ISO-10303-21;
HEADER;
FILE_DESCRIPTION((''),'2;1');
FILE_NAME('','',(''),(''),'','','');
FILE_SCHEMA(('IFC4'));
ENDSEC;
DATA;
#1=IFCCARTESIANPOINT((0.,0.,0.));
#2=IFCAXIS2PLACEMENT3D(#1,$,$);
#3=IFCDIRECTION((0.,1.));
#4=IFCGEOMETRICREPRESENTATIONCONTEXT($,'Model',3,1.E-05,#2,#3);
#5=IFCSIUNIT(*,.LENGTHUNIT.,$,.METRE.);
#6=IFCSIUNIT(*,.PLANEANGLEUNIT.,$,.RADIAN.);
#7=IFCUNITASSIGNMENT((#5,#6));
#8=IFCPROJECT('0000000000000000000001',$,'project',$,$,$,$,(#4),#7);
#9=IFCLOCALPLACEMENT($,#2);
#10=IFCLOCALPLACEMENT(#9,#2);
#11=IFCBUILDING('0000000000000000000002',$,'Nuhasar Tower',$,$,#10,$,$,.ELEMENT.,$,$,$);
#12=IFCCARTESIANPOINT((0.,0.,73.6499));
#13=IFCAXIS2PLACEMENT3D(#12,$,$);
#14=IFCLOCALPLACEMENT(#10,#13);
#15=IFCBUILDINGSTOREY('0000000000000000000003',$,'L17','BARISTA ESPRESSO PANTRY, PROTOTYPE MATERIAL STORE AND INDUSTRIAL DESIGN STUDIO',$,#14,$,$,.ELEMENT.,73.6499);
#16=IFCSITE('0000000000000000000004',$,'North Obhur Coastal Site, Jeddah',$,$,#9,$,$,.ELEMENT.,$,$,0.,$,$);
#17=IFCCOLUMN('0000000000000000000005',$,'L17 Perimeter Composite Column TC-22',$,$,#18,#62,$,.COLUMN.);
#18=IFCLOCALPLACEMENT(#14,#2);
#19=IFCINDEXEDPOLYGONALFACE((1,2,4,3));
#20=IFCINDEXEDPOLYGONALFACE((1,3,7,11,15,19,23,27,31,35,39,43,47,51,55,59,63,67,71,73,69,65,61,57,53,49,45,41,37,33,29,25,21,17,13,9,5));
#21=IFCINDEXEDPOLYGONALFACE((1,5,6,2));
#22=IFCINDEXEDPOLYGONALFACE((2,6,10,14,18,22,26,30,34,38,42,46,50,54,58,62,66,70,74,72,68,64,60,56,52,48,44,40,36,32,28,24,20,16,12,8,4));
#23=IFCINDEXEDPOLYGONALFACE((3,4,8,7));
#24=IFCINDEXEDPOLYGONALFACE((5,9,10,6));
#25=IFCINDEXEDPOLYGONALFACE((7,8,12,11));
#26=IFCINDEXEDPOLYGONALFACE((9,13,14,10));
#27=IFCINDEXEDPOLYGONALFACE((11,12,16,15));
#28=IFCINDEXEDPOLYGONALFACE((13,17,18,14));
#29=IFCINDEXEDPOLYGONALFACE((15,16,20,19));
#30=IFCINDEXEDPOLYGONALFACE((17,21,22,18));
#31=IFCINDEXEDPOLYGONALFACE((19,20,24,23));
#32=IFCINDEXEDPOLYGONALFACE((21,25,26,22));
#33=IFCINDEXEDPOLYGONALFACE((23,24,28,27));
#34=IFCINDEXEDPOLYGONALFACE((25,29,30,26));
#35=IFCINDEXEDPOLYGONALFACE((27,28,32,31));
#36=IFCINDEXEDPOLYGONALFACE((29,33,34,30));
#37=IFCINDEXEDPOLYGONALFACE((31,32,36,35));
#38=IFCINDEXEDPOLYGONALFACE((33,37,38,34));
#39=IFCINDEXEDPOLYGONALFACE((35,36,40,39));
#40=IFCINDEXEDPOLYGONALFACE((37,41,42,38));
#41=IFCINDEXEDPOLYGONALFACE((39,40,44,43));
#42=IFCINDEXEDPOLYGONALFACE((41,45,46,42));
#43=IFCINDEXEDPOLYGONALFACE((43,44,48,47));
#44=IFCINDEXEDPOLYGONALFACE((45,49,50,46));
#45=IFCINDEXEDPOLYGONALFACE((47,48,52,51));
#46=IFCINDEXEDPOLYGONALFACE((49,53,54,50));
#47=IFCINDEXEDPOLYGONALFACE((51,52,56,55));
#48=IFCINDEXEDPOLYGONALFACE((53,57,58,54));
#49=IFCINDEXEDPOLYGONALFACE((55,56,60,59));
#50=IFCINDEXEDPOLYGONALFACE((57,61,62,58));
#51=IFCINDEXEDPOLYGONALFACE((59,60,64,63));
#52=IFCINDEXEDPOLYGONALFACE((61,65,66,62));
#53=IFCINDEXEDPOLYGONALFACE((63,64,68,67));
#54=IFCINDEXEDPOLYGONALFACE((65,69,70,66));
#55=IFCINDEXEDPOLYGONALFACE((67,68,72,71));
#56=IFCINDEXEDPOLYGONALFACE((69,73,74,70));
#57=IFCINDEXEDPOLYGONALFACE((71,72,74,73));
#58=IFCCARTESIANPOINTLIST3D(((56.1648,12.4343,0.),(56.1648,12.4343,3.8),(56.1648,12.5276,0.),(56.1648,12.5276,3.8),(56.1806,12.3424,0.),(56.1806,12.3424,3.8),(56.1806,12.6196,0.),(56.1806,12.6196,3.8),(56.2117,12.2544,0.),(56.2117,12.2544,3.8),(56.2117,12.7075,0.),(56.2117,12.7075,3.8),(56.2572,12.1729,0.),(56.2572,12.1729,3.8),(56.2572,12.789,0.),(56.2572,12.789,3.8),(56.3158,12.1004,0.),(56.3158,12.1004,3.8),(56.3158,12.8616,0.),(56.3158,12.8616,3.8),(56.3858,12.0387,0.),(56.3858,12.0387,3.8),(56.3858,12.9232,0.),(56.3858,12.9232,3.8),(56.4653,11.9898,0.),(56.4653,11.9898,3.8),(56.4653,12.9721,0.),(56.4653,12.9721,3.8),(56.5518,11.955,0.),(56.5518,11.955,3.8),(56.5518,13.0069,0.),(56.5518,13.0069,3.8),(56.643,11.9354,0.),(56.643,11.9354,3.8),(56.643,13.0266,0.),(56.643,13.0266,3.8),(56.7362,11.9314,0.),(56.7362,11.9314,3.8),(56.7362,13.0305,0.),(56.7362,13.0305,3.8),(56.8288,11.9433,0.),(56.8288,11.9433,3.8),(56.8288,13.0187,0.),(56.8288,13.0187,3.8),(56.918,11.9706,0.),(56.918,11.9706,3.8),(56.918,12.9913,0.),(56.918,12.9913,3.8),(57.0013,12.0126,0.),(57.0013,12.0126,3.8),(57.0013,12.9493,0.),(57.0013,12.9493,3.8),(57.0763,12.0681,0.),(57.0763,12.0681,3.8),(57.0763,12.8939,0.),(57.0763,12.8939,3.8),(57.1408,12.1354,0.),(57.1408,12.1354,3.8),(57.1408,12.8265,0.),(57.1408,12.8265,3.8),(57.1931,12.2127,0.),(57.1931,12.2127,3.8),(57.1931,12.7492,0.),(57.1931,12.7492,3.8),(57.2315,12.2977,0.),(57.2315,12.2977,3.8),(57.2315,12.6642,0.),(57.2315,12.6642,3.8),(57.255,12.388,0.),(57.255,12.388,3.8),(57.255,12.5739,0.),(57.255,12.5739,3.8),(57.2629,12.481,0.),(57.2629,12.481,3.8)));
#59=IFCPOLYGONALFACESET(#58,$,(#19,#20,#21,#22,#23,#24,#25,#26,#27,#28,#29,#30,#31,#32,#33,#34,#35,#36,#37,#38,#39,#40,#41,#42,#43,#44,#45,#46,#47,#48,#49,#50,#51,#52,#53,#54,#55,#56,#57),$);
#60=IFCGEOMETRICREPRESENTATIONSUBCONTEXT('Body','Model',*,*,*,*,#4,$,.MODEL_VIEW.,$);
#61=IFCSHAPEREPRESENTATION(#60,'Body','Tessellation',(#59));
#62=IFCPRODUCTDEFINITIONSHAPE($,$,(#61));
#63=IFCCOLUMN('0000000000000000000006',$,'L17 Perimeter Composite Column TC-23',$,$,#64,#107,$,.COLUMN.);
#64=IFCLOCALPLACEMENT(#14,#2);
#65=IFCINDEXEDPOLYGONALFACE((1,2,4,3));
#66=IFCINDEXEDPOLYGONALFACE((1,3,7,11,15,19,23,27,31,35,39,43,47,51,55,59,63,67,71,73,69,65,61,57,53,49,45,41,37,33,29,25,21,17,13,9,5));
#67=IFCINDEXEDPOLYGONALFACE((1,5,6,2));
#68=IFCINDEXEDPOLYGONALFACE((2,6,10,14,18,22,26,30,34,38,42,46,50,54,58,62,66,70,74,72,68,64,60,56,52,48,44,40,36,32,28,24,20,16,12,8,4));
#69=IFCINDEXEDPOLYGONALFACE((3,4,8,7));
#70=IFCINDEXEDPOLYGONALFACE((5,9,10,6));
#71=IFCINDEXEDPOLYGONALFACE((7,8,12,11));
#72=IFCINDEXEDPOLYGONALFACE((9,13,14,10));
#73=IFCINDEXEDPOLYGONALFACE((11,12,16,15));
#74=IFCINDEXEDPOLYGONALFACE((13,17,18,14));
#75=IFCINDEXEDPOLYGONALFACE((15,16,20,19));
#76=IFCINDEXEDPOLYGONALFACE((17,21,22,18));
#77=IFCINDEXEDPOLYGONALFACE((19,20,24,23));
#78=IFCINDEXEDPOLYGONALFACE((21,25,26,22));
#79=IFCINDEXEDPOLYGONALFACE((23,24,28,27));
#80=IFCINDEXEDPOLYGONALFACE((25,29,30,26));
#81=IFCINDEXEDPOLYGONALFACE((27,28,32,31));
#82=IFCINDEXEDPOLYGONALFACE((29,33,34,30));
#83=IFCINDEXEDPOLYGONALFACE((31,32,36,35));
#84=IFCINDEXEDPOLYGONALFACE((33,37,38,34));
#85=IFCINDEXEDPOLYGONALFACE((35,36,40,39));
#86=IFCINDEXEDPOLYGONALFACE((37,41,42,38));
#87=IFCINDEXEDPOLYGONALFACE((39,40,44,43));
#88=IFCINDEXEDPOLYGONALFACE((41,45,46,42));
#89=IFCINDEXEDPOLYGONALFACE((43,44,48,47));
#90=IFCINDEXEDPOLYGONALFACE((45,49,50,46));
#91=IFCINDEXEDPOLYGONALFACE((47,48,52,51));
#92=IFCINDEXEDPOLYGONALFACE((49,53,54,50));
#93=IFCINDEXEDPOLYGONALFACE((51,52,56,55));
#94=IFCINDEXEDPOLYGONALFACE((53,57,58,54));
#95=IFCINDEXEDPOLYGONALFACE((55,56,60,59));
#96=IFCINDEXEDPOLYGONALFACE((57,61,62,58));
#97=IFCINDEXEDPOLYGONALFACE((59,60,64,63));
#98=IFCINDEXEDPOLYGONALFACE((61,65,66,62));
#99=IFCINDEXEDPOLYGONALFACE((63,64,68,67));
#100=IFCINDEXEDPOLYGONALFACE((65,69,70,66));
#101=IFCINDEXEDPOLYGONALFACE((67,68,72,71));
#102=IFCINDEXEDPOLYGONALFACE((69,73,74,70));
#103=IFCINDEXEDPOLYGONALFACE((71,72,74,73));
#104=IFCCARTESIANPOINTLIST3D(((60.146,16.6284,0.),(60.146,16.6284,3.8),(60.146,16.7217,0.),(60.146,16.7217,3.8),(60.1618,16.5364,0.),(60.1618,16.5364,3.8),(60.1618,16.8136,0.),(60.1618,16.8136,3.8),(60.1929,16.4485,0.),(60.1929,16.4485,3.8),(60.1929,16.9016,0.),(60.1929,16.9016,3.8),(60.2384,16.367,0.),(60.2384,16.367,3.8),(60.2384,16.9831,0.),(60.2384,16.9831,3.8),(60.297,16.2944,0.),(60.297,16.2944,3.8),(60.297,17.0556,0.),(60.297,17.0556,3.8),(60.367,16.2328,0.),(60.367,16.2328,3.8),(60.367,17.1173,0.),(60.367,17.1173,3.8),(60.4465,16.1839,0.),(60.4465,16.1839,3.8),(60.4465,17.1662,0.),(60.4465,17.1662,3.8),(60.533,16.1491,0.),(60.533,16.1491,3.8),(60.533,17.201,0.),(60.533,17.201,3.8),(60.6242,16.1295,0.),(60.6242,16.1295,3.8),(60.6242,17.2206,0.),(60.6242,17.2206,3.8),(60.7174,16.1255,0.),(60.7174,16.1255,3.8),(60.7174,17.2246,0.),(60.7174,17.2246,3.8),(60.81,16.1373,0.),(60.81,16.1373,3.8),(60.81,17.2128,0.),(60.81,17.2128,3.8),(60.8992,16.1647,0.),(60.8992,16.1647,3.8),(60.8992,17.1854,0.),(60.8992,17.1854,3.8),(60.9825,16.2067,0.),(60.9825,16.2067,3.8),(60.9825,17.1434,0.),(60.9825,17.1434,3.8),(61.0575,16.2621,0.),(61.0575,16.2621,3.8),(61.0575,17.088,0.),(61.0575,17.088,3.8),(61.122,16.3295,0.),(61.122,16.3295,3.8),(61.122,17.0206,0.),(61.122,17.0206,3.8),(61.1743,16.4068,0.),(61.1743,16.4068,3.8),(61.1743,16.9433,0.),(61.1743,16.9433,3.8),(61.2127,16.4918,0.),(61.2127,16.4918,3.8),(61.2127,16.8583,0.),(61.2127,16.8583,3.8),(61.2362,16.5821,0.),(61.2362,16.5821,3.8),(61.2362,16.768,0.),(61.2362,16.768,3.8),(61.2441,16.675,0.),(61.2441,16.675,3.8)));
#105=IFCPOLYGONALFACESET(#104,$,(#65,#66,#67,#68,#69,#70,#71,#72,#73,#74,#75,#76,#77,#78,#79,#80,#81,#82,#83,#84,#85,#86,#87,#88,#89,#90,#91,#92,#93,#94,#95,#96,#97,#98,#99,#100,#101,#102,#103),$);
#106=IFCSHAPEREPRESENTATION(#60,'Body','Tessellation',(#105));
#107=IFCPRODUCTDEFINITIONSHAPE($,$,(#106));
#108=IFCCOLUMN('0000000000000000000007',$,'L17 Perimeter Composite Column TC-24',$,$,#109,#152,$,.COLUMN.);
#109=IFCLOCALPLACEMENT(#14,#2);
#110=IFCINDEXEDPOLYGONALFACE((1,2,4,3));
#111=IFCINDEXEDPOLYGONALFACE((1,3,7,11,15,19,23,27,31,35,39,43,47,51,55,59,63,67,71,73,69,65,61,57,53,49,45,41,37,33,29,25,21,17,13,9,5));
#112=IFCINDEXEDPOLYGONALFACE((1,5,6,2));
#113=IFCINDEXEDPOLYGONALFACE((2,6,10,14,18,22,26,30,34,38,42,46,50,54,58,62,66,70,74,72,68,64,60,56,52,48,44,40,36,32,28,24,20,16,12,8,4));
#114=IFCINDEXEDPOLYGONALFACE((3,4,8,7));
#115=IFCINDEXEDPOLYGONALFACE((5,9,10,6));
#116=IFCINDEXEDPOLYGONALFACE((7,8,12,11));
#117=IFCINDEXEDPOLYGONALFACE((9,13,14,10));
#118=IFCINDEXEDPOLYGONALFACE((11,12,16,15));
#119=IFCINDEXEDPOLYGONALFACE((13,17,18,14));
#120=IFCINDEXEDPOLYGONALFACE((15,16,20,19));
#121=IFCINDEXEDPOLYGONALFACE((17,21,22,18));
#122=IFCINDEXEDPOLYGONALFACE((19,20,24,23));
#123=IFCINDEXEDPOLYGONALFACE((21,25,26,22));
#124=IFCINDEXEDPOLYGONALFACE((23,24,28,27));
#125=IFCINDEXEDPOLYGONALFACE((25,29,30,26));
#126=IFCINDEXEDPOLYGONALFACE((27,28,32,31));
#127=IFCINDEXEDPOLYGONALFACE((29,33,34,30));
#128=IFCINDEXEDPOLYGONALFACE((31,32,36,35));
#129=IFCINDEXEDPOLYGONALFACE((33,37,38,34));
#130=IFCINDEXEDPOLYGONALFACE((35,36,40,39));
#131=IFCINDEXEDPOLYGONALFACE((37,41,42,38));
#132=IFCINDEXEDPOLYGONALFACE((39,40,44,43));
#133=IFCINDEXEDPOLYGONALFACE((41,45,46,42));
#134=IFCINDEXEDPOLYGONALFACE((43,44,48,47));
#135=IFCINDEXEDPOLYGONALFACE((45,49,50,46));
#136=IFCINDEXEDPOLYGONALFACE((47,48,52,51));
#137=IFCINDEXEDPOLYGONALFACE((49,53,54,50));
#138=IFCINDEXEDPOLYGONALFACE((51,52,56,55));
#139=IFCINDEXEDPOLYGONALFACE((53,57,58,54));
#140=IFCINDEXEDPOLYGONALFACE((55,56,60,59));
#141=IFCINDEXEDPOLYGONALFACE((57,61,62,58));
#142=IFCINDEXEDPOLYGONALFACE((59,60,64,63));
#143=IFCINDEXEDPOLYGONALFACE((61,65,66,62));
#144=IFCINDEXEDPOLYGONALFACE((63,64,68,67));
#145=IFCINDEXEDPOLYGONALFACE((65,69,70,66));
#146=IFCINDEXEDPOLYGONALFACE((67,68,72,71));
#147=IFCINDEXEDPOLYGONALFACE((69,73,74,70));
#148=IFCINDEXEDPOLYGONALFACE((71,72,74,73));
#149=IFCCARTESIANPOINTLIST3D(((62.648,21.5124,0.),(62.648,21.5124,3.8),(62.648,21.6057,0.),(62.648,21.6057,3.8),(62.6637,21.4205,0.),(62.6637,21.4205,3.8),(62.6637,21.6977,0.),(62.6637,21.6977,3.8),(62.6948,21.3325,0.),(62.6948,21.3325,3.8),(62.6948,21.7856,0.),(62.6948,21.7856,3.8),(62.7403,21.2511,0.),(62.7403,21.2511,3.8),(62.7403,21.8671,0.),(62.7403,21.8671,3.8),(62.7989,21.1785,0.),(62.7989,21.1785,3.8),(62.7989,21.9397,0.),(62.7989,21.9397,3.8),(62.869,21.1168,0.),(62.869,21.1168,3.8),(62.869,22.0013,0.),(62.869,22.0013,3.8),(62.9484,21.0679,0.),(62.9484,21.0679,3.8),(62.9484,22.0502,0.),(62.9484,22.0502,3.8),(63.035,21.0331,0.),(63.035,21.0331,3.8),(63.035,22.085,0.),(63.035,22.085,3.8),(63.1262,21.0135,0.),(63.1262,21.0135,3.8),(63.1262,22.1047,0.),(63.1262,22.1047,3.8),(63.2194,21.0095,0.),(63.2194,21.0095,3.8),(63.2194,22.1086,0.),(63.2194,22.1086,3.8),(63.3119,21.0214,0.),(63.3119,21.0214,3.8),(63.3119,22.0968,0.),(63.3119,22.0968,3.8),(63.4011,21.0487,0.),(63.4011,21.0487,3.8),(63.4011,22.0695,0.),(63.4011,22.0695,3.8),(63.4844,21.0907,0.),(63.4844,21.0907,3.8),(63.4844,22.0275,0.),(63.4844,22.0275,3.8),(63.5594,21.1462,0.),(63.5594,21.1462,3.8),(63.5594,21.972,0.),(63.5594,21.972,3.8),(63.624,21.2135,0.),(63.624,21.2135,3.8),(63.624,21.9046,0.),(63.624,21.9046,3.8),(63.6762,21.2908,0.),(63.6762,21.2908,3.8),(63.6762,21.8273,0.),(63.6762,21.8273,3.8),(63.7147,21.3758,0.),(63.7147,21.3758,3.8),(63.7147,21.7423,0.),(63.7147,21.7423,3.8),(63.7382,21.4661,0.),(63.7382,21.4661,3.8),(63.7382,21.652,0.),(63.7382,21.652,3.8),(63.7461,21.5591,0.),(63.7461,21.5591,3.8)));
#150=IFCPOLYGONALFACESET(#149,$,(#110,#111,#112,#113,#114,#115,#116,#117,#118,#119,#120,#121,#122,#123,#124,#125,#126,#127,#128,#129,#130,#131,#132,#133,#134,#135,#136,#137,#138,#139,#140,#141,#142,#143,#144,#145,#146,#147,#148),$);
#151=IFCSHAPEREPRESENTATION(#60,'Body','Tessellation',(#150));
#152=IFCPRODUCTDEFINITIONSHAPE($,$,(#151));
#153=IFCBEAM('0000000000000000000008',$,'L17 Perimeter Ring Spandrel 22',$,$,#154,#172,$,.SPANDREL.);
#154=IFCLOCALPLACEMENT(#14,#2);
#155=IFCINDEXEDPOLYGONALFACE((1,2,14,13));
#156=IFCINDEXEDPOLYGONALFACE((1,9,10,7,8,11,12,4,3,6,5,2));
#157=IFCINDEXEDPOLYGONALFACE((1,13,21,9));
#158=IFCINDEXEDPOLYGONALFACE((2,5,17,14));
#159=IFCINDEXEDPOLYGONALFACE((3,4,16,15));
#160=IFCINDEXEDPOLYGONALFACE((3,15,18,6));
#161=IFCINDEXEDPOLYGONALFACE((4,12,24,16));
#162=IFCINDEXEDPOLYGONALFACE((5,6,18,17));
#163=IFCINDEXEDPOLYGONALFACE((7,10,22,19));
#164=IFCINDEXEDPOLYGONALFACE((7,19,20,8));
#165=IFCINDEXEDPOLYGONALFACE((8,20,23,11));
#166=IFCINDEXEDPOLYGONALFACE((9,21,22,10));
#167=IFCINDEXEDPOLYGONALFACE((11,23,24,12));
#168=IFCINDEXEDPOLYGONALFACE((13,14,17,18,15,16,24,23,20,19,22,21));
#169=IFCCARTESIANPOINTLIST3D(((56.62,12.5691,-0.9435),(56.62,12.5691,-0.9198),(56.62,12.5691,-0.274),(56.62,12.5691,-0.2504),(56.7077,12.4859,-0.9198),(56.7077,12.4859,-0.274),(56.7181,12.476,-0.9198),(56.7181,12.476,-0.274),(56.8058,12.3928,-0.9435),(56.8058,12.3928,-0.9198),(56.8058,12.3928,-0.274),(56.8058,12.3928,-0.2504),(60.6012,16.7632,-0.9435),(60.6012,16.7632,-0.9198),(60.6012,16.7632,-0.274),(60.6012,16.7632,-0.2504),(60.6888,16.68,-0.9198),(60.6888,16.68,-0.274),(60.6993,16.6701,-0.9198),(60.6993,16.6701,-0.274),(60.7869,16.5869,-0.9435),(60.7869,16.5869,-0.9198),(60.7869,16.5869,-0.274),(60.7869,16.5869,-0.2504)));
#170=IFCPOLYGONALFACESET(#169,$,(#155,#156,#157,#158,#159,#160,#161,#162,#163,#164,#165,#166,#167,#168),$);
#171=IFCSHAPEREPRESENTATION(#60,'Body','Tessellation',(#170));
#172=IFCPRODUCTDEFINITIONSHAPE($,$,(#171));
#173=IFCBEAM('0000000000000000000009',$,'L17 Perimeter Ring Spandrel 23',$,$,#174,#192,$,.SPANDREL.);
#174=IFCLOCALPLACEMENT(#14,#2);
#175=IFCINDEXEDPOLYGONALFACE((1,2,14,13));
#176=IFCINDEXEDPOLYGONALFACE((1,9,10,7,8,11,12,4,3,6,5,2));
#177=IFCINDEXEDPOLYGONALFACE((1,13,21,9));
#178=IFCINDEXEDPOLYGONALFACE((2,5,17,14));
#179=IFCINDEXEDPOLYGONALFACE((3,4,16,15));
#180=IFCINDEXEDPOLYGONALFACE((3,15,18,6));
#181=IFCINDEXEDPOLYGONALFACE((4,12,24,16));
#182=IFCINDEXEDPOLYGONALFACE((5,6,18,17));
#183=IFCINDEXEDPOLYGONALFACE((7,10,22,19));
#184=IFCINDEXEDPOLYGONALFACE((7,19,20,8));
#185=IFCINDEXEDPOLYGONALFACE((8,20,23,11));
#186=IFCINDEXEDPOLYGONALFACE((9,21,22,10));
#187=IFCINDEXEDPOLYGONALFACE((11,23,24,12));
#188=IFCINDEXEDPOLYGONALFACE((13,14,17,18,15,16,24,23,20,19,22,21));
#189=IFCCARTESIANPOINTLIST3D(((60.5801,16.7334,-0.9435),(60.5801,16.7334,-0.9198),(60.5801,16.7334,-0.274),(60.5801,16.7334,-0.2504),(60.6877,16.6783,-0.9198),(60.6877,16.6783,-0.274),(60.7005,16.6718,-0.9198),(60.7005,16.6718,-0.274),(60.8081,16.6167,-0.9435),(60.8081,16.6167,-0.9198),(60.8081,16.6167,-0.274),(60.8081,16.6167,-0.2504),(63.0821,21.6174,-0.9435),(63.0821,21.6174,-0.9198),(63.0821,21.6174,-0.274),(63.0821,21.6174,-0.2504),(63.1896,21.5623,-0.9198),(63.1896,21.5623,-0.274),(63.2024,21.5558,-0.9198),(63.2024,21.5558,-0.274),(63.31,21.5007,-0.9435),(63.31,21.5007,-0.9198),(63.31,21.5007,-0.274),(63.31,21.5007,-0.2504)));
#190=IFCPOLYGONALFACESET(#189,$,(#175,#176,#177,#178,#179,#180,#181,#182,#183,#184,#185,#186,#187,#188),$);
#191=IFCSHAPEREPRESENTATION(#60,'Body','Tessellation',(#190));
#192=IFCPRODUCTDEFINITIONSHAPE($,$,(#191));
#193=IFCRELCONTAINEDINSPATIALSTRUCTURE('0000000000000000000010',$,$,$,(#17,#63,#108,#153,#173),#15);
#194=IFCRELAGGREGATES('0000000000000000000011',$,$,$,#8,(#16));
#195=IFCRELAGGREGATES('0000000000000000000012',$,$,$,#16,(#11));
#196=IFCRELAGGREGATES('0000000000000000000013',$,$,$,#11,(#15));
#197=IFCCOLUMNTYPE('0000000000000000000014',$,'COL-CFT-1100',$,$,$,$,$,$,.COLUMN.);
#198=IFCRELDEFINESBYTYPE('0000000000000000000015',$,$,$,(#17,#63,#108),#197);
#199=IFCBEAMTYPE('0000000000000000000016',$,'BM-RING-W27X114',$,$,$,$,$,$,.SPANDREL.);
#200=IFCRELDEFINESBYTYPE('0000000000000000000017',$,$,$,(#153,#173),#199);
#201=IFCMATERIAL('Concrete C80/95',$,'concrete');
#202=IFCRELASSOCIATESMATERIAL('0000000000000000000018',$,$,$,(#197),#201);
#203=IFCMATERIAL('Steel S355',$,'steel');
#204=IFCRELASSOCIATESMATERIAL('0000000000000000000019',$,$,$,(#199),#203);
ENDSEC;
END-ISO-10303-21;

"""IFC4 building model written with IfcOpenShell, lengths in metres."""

from ifc_helpers import new_model, si_unit, direction, frame, origin, origin_2d, place, context, subcontext, project, spatial, circle, i_section, extrude, material, material_profile, profile_set, type_object, element, save


model = new_model("IFC4")

# Units and contexts
model_context = context("Model", 3, precision=1e-05, world=origin(), true_north=direction((0.0, 1.0)))
body_context = subcontext(model_context, "Body", "Model", "MODEL_VIEW")
ifc_project = project(units=[si_unit("LENGTHUNIT", "METRE"), si_unit("PLANEANGLEUNIT", "RADIAN")], contexts=[model_context])

# Site, building, storey
site_placement = place(None, origin())
site = spatial("IfcSite", under=ifc_project, at=site_placement, Name="North Obhur Coastal Site, Jeddah", CompositionType="ELEMENT", RefElevation=0.0)
building_placement = place(site_placement, origin())
building = spatial("IfcBuilding", under=site, at=building_placement, Name="Nuhasar Tower", CompositionType="ELEMENT")
storey_placement = place(building_placement, frame((0.0, 0.0, 73.6499)))
storey = spatial("IfcBuildingStorey", under=building, at=storey_placement, Name="L17", Description="BARISTA ESPRESSO PANTRY, PROTOTYPE MATERIAL STORE AND INDUSTRIAL DESIGN STUDIO", CompositionType="ELEMENT", Elevation=73.6499)

# Columns
ifc_material_1 = material(Name="Concrete C80/95", Category="concrete")
ifc_material_profile_1 = material_profile(ifc_material_1, circle(Radius=0.55, at=origin_2d()), Name="CFT1100")
ifc_profile_set_1 = profile_set([ifc_material_profile_1], Name="Concrete C80/95")
column_type = type_object("IfcColumnType", Name="COL-CFT-1100", PredefinedType="COLUMN", material=ifc_profile_set_1)
for number, where, z_axis, x_axis, name in (
    (1, (56.7129, 12.481, 0.0), (0.0, 0.0, 1.0), (1.0, 0.0, 0.0), "L17 Perimeter Composite Column TC-22"),
    (2, (60.6941, 16.675, 0.0), (0.0, 0.0, 1.0), (1.0, 0.0, 0.0), "L17 Perimeter Composite Column TC-23"),
    (3, (63.196, 21.5591, 0.0), (0.0, 0.0, 1.0), (1.0, 0.0, 0.0), "L17 Perimeter Composite Column TC-24"),
):
    element("IfcColumn", number, at=place(storey_placement, frame(where, z_axis=z_axis, x_axis=x_axis)), inside=storey, type_object=column_type, Name=name, PredefinedType="COLUMN", context=body_context, shape_type="SweptSolid", body=[
        extrude(circle(Radius=0.55, at=origin_2d()), origin(), (0.0, 0.0, 1.0), 3.8),
    ])

# Beams
ifc_material_2 = material(Name="Steel S355", Category="steel")
ifc_material_profile_2 = material_profile(ifc_material_2, i_section(OverallWidth=0.2561, OverallDepth=0.6931, WebThickness=0.0144, FlangeThickness=0.0237, at=origin_2d()), Name="W27X114")
ifc_profile_set_2 = profile_set([ifc_material_profile_2], Name="Steel S355")
beam_type_1 = type_object("IfcBeamType", Name="BM-RING-W27X114", PredefinedType="SPANDREL", material=ifc_profile_set_2)
beam_1_placement = place(storey_placement, frame((56.7129, 12.481, -0.5969), z_axis=(0.68846, 0.725274, 0.0), x_axis=(-0.725274, 0.68846, 0.0)))
element("IfcBeam", 4, at=beam_1_placement, inside=storey, type_object=beam_type_1, Name="L17 Perimeter Ring Spandrel 22", PredefinedType="SPANDREL", context=body_context, shape_type="SweptSolid", body=[
    extrude(i_section(OverallWidth=0.2561, OverallDepth=0.6931, WebThickness=0.0144, FlangeThickness=0.0237, at=origin_2d()), origin(), (0.0, 0.0, 1.0), 5.7827),
])
beam_2_placement = place(storey_placement, frame((60.6941, 16.675, -0.5969), z_axis=(0.45593, 0.890016, 0.0), x_axis=(-0.890016, 0.45593, 0.0)))
element("IfcBeam", 5, at=beam_2_placement, inside=storey, type_object=beam_type_1, Name="L17 Perimeter Ring Spandrel 23", PredefinedType="SPANDREL", context=body_context, shape_type="SweptSolid", body=[
    extrude(i_section(OverallWidth=0.2561, OverallDepth=0.6931, WebThickness=0.0144, FlangeThickness=0.0237, at=origin_2d()), origin(), (0.0, 0.0, 1.0), 5.4875),
])

save(model, "model.ifc")
